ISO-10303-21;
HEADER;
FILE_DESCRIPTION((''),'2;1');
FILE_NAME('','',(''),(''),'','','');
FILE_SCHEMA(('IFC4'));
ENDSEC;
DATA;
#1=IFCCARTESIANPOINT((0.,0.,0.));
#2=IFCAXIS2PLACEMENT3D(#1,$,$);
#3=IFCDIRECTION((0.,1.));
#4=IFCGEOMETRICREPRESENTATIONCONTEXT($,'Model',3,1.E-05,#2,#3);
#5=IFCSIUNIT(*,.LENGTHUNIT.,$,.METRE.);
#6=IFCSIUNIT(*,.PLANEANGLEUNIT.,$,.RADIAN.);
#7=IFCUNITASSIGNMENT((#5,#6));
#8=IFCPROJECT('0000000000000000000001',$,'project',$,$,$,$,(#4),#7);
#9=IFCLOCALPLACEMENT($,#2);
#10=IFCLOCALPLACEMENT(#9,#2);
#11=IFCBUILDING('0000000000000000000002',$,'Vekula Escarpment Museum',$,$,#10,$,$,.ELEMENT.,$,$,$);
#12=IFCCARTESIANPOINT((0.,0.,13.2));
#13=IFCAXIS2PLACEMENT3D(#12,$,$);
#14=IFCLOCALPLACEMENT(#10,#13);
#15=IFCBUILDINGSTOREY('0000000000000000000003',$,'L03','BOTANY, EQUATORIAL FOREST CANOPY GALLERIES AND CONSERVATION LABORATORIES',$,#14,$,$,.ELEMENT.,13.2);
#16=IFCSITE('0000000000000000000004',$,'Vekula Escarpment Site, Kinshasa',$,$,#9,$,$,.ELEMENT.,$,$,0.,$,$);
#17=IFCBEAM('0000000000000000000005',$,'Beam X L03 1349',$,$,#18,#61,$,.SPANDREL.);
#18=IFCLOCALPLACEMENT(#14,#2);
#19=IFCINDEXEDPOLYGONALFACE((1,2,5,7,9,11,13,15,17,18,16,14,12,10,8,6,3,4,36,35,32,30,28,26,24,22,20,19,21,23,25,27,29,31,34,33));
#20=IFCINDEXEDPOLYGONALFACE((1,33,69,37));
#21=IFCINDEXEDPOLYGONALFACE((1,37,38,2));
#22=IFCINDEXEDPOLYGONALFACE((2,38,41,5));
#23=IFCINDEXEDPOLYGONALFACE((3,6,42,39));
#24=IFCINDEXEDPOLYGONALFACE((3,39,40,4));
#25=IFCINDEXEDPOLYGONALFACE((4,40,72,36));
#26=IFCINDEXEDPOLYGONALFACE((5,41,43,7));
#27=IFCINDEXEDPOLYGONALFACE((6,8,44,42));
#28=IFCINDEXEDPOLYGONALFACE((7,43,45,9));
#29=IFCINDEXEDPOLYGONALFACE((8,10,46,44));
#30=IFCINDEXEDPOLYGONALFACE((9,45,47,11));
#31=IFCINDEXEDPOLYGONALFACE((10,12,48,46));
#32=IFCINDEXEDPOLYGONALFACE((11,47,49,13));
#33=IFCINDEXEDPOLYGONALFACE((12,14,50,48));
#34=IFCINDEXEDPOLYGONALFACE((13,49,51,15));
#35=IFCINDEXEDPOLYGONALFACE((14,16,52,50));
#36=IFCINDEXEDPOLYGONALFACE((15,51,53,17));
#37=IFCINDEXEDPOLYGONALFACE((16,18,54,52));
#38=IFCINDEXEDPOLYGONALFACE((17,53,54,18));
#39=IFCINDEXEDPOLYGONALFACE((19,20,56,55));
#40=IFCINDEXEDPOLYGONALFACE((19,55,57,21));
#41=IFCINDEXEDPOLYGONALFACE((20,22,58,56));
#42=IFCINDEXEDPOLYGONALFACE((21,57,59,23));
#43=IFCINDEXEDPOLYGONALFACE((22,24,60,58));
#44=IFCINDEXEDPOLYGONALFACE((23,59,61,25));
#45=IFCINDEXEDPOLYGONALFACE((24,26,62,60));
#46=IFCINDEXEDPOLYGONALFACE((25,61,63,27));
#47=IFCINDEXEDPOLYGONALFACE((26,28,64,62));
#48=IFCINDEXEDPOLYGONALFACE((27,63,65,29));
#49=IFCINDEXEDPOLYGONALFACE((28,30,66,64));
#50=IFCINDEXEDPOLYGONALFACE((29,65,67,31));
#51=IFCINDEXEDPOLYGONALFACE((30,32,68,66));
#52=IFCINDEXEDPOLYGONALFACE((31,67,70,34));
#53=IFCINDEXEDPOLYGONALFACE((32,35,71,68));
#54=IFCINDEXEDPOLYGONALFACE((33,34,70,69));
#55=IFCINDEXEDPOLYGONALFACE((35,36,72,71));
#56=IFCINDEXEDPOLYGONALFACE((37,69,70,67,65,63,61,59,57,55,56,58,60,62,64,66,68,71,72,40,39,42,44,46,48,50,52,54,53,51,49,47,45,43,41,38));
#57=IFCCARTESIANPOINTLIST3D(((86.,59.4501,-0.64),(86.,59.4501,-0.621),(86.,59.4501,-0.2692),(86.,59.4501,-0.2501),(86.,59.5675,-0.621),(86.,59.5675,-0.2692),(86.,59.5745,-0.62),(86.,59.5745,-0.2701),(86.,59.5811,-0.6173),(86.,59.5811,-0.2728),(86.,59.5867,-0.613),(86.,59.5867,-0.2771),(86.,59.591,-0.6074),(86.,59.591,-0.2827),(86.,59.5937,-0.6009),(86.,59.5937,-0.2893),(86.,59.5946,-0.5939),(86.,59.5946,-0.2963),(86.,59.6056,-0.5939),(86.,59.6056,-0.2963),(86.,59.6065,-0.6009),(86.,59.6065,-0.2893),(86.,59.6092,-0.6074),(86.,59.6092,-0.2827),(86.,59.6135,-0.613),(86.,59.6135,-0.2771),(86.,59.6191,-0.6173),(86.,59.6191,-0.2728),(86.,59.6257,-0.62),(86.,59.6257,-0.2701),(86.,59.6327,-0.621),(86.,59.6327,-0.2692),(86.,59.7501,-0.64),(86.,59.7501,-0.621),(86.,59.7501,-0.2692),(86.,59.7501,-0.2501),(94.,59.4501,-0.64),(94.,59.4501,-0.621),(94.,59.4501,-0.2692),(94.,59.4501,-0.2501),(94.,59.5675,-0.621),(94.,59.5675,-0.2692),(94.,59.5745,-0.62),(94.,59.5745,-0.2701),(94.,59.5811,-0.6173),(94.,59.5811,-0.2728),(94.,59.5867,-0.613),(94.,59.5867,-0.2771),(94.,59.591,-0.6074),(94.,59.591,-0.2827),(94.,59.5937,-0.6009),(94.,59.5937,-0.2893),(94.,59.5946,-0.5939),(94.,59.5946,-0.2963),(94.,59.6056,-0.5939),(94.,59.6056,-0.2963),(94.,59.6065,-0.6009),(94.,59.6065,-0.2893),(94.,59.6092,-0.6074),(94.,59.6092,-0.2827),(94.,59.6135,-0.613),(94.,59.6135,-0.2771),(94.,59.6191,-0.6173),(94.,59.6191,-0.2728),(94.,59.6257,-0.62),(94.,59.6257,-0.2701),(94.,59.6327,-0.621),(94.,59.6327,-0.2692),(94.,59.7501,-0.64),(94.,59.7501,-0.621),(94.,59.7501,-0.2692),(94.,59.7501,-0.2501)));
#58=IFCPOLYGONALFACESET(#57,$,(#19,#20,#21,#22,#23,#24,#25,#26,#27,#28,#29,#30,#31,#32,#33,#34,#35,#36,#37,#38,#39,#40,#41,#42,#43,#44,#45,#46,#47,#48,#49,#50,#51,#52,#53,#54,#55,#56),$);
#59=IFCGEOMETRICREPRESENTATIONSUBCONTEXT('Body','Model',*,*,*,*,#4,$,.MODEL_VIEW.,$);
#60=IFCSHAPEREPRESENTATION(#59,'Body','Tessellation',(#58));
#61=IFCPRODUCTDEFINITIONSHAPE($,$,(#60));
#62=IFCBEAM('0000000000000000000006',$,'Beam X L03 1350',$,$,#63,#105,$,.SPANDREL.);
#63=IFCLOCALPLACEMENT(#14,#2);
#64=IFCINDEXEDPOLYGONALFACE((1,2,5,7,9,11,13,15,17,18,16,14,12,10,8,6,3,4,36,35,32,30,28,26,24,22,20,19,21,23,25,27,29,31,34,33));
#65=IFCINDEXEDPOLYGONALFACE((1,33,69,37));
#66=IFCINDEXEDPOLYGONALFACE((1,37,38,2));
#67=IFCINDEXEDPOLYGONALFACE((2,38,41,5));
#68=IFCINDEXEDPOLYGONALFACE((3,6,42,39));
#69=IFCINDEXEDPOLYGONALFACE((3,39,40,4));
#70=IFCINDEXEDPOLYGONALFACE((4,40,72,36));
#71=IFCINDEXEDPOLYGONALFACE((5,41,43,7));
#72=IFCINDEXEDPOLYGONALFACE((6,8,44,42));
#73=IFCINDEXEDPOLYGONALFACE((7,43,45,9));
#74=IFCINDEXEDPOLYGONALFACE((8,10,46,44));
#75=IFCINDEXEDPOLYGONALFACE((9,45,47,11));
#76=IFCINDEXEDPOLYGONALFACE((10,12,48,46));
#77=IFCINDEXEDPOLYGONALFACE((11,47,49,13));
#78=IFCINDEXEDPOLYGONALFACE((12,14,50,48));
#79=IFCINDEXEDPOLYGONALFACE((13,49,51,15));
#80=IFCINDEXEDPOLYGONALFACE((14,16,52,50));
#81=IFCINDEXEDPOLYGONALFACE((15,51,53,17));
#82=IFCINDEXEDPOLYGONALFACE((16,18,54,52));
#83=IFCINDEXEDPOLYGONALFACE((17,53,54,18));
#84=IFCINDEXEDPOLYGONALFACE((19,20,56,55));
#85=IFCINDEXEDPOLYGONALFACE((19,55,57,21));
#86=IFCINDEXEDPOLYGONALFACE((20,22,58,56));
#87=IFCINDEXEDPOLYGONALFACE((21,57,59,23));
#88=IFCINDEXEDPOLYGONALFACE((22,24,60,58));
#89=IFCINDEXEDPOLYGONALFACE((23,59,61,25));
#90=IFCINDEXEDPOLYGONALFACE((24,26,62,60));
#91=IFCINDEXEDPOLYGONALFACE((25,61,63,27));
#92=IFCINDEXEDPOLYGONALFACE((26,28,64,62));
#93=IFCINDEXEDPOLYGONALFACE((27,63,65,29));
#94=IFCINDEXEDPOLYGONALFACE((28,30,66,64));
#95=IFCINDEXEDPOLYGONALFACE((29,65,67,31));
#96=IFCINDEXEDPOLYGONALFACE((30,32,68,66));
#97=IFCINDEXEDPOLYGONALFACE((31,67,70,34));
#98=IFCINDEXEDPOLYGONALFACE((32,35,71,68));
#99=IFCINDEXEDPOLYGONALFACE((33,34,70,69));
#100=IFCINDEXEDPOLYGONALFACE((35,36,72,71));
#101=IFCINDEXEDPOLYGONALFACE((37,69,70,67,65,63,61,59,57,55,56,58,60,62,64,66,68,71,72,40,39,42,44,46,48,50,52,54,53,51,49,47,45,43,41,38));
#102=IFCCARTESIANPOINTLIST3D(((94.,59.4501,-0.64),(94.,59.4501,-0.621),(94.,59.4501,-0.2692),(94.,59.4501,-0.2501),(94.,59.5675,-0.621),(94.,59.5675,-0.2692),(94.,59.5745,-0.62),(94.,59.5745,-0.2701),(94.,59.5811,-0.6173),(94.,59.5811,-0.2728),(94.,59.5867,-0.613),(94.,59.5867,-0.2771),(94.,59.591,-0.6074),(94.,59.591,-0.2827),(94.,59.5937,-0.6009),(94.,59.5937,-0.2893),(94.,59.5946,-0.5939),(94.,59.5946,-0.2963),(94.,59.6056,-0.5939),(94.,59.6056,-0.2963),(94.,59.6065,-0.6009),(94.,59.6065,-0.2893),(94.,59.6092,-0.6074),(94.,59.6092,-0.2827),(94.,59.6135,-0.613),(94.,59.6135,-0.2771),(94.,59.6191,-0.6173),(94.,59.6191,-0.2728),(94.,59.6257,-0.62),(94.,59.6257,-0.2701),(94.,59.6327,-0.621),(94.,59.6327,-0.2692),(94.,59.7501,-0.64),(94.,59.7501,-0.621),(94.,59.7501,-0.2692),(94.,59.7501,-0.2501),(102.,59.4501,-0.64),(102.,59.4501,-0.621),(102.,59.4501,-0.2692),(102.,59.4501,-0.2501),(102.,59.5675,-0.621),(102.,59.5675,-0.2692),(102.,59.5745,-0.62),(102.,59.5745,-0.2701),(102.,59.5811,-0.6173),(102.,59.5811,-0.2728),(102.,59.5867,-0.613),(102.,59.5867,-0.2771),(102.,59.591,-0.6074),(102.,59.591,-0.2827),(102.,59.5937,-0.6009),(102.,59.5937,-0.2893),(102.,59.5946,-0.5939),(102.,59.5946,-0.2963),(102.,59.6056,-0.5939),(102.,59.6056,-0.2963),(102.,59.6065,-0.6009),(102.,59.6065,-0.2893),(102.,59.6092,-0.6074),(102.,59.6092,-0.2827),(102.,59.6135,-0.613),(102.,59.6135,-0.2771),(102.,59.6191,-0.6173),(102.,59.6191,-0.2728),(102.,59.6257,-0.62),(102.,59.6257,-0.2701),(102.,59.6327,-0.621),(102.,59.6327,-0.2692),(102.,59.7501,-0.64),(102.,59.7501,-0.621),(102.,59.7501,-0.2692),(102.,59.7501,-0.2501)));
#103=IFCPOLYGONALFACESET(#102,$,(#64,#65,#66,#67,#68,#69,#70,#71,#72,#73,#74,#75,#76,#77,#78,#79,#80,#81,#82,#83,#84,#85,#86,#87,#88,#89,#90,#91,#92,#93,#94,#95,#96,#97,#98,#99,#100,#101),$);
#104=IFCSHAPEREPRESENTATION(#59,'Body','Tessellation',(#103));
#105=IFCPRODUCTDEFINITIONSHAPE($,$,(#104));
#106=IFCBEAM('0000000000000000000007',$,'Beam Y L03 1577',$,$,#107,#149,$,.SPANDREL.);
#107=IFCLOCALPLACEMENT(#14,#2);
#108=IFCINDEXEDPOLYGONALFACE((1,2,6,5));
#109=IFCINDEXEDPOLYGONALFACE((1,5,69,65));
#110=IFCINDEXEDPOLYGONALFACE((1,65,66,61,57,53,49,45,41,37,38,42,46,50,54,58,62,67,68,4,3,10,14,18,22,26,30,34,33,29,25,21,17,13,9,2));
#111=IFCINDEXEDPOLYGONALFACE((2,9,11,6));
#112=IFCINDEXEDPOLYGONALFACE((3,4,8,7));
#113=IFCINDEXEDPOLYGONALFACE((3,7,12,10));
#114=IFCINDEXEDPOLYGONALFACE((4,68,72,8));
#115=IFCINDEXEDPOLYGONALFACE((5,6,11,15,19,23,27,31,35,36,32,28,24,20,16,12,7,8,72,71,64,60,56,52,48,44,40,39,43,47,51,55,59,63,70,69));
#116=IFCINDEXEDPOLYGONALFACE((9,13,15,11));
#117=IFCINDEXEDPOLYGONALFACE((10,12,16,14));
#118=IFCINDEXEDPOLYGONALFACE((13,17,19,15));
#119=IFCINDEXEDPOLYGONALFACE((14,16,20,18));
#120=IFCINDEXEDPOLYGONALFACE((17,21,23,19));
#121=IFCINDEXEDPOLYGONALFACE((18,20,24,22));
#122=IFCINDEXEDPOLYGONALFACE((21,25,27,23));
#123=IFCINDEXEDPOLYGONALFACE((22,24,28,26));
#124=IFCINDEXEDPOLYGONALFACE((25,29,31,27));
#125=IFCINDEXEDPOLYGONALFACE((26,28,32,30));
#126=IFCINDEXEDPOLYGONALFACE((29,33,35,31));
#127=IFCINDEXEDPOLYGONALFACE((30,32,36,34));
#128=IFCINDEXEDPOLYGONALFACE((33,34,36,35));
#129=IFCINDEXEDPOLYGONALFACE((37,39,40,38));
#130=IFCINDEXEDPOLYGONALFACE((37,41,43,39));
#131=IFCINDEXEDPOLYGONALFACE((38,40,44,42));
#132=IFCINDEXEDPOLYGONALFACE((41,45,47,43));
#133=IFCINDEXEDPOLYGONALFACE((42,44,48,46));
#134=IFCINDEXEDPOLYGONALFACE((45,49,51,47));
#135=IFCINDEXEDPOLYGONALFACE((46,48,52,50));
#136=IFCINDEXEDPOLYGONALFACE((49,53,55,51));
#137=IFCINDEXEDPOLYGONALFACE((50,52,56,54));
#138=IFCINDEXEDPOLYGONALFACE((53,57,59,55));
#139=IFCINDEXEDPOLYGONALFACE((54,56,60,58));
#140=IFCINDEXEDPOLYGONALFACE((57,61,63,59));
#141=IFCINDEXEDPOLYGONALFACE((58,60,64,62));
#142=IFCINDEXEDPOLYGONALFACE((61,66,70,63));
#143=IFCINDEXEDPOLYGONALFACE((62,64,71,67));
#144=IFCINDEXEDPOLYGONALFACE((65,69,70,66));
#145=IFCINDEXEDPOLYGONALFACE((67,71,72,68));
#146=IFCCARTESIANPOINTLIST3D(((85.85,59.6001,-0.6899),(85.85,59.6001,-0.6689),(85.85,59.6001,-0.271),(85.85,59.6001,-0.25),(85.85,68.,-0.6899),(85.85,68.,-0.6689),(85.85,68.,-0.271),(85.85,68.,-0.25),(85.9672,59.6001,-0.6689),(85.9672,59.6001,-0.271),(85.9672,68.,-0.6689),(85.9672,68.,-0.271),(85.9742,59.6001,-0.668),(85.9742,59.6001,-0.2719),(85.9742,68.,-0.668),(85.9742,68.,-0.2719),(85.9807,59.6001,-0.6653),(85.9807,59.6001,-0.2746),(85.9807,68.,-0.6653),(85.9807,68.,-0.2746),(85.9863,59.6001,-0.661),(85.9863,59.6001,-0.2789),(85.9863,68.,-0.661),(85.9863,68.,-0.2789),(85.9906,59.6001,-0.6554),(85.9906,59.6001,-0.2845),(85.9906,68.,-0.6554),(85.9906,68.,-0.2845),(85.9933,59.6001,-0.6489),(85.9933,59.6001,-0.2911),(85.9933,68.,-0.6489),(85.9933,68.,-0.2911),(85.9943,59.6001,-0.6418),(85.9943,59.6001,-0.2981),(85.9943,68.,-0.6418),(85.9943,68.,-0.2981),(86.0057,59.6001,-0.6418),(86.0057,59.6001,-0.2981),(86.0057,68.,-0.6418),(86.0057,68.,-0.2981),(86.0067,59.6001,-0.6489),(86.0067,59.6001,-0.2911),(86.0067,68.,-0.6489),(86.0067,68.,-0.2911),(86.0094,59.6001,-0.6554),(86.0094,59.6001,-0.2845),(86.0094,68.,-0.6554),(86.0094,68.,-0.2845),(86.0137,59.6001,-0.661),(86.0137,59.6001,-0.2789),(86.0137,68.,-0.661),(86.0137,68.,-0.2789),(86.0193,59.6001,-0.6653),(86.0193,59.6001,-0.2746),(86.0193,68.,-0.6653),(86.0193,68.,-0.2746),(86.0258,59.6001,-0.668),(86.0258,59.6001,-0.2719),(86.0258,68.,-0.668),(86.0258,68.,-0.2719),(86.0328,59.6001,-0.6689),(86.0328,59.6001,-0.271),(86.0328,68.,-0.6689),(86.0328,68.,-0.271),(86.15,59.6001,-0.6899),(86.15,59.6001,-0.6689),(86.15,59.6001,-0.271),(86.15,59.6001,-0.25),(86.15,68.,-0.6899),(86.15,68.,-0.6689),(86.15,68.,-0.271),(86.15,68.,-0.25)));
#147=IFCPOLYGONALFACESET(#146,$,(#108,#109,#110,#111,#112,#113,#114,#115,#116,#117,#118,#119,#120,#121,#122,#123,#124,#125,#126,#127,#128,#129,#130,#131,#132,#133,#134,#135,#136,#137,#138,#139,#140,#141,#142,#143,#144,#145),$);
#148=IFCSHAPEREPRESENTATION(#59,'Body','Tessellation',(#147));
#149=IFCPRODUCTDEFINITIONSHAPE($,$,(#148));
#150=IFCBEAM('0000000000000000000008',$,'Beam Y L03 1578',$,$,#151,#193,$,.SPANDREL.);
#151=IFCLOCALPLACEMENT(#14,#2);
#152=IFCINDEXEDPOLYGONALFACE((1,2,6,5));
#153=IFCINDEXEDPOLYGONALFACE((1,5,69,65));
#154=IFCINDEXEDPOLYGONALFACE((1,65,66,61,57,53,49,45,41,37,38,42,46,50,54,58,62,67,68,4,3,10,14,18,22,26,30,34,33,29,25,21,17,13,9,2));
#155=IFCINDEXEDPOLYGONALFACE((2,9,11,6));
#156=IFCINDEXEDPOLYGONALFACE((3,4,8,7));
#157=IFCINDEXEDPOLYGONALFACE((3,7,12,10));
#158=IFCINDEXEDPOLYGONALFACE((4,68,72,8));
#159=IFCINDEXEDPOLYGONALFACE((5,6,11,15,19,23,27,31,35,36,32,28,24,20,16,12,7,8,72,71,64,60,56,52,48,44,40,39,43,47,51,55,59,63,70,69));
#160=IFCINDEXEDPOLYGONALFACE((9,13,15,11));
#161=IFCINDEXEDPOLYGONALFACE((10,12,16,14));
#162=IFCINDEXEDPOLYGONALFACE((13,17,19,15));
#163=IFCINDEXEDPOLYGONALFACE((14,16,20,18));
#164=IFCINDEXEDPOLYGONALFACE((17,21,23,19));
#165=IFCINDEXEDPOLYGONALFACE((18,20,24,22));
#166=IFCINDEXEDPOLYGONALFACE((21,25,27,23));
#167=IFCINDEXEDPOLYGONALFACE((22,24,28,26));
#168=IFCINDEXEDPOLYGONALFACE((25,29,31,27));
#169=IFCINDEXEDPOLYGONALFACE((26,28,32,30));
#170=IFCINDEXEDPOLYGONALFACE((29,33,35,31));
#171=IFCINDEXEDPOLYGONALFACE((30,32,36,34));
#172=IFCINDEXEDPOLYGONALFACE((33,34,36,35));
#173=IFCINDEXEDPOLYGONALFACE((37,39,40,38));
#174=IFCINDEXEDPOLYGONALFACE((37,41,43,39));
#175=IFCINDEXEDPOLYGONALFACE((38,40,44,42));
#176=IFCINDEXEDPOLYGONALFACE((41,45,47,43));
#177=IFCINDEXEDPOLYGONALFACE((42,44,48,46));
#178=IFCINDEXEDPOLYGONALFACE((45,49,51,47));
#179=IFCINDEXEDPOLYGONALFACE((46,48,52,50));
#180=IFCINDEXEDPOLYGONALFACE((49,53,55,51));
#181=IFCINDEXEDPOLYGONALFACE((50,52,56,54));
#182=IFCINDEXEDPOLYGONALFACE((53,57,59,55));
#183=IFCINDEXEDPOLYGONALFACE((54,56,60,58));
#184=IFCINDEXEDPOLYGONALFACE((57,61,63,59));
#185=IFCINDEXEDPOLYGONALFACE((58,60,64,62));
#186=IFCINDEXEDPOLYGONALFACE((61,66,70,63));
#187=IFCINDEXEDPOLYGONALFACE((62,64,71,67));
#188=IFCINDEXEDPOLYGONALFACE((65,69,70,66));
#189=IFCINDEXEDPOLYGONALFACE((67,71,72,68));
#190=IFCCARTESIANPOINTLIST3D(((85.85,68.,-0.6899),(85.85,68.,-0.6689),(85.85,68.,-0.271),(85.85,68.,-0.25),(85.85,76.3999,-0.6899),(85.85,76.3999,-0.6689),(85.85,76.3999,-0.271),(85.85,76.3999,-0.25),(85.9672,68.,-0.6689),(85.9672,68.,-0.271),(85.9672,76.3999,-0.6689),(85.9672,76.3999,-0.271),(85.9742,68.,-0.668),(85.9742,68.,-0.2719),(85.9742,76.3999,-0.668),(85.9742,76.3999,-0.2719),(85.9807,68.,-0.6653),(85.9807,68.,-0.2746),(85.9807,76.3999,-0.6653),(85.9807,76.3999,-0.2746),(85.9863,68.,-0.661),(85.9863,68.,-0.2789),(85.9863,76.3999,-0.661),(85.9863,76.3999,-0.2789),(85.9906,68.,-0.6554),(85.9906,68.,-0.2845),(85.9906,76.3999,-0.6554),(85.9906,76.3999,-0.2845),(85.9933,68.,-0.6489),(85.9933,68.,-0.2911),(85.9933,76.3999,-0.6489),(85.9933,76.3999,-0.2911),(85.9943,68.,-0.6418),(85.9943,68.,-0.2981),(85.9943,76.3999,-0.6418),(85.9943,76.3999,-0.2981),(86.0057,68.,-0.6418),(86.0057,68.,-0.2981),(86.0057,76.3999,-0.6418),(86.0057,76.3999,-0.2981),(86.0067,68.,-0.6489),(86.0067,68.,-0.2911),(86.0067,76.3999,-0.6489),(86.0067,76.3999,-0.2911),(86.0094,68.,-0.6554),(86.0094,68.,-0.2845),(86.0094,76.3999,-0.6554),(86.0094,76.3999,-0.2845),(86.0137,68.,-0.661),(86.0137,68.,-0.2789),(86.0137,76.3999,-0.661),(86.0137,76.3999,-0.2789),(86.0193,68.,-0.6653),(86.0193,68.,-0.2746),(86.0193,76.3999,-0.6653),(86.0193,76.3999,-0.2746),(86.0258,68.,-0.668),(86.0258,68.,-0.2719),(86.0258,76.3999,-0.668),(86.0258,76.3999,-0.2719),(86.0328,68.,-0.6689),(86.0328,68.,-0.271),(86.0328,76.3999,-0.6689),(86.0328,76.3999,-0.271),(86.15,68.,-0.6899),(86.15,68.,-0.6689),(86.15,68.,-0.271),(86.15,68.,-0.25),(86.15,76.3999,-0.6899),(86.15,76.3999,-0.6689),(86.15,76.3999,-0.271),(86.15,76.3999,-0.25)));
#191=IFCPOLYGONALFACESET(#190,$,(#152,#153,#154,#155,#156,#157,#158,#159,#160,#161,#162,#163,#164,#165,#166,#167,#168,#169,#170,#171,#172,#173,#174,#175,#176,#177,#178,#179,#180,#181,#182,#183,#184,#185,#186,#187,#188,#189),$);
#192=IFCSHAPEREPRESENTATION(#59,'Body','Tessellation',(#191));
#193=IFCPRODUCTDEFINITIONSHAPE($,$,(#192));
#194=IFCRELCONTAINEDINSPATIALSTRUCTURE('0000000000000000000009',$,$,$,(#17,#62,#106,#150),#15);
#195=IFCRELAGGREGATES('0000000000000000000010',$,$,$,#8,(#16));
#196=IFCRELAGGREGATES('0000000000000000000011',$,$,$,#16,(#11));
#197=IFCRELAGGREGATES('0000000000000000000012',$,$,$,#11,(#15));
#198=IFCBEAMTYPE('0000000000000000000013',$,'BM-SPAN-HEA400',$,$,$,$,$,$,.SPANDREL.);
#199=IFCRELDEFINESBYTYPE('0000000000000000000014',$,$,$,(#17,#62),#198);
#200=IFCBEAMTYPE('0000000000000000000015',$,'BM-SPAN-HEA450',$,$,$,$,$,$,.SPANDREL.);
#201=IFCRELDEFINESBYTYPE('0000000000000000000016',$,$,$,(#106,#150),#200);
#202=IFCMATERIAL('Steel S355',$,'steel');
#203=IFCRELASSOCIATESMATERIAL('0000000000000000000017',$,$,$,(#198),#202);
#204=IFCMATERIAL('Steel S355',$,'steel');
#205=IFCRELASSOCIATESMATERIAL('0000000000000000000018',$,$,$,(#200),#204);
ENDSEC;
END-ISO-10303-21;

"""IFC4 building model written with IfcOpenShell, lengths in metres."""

from ifc_helpers import new_model, si_unit, direction, frame, origin, origin_2d, place, context, subcontext, project, spatial, i_section, extrude, material, material_profile, profile_set, type_object, element, save


model = new_model("IFC4")

# Units and contexts
model_context = context("Model", 3, precision=1e-05, world=origin(), true_north=direction((0.0, 1.0)))
body_context = subcontext(model_context, "Body", "Model", "MODEL_VIEW")
ifc_project = project(units=[si_unit("LENGTHUNIT", "METRE"), si_unit("PLANEANGLEUNIT", "RADIAN")], contexts=[model_context])

# Site, building, storey
site_placement = place(None, origin())
site = spatial("IfcSite", under=ifc_project, at=site_placement, Name="Vekula Escarpment Site, Kinshasa", CompositionType="ELEMENT", RefElevation=0.0)
building_placement = place(site_placement, origin())
building = spatial("IfcBuilding", under=site, at=building_placement, Name="Vekula Escarpment Museum", CompositionType="ELEMENT")
storey_placement = place(building_placement, frame((0.0, 0.0, 13.2)))
storey = spatial("IfcBuildingStorey", under=building, at=storey_placement, Name="L03", Description="BOTANY, EQUATORIAL FOREST CANOPY GALLERIES AND CONSERVATION LABORATORIES", CompositionType="ELEMENT", Elevation=13.2)

# Beams
ifc_material_1 = material(Name="Steel S355", Category="steel")
ifc_material_profile_1 = material_profile(ifc_material_1, i_section(OverallWidth=0.3, OverallDepth=0.3899, WebThickness=0.011, FlangeThickness=0.019, FilletRadius=0.0271, at=origin_2d()), Name="HEA 400")
ifc_profile_set_1 = profile_set([ifc_material_profile_1], Name="Steel S355")
beam_type_1 = type_object("IfcBeamType", Name="BM-SPAN-HEA400", PredefinedType="SPANDREL", material=ifc_profile_set_1)
for number, where, z_axis, x_axis, name in (
    (1, (86.0, 59.6001, -0.4451), (1.0, 0.0, 0.0), (0.0, 1.0, 0.0), "Beam X L03 1349"),
    (2, (94.0, 59.6001, -0.4451), (1.0, 0.0, 0.0), (0.0, 1.0, 0.0), "Beam X L03 1350"),
):
    element("IfcBeam", number, at=place(storey_placement, frame(where, z_axis=z_axis, x_axis=x_axis)), inside=storey, type_object=beam_type_1, Name=name, PredefinedType="SPANDREL", context=body_context, shape_type="SweptSolid", body=[
        extrude(i_section(OverallWidth=0.3, OverallDepth=0.3899, WebThickness=0.011, FlangeThickness=0.019, FilletRadius=0.0271, at=origin_2d()), origin(), (0.0, 0.0, 1.0), 8.0),
    ])
ifc_material_2 = material(Name="Steel S355", Category="steel")
ifc_material_profile_2 = material_profile(ifc_material_2, i_section(OverallWidth=0.3, OverallDepth=0.4399, WebThickness=0.0115, FlangeThickness=0.021, FilletRadius=0.0271, at=origin_2d()), Name="HEA 450")
ifc_profile_set_2 = profile_set([ifc_material_profile_2], Name="Steel S355")
beam_type_2 = type_object("IfcBeamType", Name="BM-SPAN-HEA450", PredefinedType="SPANDREL", material=ifc_profile_set_2)
for number, where, z_axis, x_axis, name in (
    (3, (86.0, 59.6001, -0.47), (0.0, 1.0, 0.0), (-1.0, 0.0, 0.0), "Beam Y L03 1577"),
    (4, (86.0, 68.0, -0.47), (0.0, 1.0, 0.0), (-1.0, 0.0, 0.0), "Beam Y L03 1578"),
):
    element("IfcBeam", number, at=place(storey_placement, frame(where, z_axis=z_axis, x_axis=x_axis)), inside=storey, type_object=beam_type_2, Name=name, PredefinedType="SPANDREL", context=body_context, shape_type="SweptSolid", body=[
        extrude(i_section(OverallWidth=0.3, OverallDepth=0.4399, WebThickness=0.0115, FlangeThickness=0.021, FilletRadius=0.0271, at=origin_2d()), origin(), (0.0, 0.0, 1.0), 8.3999),
    ])

save(model, "model.ifc")
